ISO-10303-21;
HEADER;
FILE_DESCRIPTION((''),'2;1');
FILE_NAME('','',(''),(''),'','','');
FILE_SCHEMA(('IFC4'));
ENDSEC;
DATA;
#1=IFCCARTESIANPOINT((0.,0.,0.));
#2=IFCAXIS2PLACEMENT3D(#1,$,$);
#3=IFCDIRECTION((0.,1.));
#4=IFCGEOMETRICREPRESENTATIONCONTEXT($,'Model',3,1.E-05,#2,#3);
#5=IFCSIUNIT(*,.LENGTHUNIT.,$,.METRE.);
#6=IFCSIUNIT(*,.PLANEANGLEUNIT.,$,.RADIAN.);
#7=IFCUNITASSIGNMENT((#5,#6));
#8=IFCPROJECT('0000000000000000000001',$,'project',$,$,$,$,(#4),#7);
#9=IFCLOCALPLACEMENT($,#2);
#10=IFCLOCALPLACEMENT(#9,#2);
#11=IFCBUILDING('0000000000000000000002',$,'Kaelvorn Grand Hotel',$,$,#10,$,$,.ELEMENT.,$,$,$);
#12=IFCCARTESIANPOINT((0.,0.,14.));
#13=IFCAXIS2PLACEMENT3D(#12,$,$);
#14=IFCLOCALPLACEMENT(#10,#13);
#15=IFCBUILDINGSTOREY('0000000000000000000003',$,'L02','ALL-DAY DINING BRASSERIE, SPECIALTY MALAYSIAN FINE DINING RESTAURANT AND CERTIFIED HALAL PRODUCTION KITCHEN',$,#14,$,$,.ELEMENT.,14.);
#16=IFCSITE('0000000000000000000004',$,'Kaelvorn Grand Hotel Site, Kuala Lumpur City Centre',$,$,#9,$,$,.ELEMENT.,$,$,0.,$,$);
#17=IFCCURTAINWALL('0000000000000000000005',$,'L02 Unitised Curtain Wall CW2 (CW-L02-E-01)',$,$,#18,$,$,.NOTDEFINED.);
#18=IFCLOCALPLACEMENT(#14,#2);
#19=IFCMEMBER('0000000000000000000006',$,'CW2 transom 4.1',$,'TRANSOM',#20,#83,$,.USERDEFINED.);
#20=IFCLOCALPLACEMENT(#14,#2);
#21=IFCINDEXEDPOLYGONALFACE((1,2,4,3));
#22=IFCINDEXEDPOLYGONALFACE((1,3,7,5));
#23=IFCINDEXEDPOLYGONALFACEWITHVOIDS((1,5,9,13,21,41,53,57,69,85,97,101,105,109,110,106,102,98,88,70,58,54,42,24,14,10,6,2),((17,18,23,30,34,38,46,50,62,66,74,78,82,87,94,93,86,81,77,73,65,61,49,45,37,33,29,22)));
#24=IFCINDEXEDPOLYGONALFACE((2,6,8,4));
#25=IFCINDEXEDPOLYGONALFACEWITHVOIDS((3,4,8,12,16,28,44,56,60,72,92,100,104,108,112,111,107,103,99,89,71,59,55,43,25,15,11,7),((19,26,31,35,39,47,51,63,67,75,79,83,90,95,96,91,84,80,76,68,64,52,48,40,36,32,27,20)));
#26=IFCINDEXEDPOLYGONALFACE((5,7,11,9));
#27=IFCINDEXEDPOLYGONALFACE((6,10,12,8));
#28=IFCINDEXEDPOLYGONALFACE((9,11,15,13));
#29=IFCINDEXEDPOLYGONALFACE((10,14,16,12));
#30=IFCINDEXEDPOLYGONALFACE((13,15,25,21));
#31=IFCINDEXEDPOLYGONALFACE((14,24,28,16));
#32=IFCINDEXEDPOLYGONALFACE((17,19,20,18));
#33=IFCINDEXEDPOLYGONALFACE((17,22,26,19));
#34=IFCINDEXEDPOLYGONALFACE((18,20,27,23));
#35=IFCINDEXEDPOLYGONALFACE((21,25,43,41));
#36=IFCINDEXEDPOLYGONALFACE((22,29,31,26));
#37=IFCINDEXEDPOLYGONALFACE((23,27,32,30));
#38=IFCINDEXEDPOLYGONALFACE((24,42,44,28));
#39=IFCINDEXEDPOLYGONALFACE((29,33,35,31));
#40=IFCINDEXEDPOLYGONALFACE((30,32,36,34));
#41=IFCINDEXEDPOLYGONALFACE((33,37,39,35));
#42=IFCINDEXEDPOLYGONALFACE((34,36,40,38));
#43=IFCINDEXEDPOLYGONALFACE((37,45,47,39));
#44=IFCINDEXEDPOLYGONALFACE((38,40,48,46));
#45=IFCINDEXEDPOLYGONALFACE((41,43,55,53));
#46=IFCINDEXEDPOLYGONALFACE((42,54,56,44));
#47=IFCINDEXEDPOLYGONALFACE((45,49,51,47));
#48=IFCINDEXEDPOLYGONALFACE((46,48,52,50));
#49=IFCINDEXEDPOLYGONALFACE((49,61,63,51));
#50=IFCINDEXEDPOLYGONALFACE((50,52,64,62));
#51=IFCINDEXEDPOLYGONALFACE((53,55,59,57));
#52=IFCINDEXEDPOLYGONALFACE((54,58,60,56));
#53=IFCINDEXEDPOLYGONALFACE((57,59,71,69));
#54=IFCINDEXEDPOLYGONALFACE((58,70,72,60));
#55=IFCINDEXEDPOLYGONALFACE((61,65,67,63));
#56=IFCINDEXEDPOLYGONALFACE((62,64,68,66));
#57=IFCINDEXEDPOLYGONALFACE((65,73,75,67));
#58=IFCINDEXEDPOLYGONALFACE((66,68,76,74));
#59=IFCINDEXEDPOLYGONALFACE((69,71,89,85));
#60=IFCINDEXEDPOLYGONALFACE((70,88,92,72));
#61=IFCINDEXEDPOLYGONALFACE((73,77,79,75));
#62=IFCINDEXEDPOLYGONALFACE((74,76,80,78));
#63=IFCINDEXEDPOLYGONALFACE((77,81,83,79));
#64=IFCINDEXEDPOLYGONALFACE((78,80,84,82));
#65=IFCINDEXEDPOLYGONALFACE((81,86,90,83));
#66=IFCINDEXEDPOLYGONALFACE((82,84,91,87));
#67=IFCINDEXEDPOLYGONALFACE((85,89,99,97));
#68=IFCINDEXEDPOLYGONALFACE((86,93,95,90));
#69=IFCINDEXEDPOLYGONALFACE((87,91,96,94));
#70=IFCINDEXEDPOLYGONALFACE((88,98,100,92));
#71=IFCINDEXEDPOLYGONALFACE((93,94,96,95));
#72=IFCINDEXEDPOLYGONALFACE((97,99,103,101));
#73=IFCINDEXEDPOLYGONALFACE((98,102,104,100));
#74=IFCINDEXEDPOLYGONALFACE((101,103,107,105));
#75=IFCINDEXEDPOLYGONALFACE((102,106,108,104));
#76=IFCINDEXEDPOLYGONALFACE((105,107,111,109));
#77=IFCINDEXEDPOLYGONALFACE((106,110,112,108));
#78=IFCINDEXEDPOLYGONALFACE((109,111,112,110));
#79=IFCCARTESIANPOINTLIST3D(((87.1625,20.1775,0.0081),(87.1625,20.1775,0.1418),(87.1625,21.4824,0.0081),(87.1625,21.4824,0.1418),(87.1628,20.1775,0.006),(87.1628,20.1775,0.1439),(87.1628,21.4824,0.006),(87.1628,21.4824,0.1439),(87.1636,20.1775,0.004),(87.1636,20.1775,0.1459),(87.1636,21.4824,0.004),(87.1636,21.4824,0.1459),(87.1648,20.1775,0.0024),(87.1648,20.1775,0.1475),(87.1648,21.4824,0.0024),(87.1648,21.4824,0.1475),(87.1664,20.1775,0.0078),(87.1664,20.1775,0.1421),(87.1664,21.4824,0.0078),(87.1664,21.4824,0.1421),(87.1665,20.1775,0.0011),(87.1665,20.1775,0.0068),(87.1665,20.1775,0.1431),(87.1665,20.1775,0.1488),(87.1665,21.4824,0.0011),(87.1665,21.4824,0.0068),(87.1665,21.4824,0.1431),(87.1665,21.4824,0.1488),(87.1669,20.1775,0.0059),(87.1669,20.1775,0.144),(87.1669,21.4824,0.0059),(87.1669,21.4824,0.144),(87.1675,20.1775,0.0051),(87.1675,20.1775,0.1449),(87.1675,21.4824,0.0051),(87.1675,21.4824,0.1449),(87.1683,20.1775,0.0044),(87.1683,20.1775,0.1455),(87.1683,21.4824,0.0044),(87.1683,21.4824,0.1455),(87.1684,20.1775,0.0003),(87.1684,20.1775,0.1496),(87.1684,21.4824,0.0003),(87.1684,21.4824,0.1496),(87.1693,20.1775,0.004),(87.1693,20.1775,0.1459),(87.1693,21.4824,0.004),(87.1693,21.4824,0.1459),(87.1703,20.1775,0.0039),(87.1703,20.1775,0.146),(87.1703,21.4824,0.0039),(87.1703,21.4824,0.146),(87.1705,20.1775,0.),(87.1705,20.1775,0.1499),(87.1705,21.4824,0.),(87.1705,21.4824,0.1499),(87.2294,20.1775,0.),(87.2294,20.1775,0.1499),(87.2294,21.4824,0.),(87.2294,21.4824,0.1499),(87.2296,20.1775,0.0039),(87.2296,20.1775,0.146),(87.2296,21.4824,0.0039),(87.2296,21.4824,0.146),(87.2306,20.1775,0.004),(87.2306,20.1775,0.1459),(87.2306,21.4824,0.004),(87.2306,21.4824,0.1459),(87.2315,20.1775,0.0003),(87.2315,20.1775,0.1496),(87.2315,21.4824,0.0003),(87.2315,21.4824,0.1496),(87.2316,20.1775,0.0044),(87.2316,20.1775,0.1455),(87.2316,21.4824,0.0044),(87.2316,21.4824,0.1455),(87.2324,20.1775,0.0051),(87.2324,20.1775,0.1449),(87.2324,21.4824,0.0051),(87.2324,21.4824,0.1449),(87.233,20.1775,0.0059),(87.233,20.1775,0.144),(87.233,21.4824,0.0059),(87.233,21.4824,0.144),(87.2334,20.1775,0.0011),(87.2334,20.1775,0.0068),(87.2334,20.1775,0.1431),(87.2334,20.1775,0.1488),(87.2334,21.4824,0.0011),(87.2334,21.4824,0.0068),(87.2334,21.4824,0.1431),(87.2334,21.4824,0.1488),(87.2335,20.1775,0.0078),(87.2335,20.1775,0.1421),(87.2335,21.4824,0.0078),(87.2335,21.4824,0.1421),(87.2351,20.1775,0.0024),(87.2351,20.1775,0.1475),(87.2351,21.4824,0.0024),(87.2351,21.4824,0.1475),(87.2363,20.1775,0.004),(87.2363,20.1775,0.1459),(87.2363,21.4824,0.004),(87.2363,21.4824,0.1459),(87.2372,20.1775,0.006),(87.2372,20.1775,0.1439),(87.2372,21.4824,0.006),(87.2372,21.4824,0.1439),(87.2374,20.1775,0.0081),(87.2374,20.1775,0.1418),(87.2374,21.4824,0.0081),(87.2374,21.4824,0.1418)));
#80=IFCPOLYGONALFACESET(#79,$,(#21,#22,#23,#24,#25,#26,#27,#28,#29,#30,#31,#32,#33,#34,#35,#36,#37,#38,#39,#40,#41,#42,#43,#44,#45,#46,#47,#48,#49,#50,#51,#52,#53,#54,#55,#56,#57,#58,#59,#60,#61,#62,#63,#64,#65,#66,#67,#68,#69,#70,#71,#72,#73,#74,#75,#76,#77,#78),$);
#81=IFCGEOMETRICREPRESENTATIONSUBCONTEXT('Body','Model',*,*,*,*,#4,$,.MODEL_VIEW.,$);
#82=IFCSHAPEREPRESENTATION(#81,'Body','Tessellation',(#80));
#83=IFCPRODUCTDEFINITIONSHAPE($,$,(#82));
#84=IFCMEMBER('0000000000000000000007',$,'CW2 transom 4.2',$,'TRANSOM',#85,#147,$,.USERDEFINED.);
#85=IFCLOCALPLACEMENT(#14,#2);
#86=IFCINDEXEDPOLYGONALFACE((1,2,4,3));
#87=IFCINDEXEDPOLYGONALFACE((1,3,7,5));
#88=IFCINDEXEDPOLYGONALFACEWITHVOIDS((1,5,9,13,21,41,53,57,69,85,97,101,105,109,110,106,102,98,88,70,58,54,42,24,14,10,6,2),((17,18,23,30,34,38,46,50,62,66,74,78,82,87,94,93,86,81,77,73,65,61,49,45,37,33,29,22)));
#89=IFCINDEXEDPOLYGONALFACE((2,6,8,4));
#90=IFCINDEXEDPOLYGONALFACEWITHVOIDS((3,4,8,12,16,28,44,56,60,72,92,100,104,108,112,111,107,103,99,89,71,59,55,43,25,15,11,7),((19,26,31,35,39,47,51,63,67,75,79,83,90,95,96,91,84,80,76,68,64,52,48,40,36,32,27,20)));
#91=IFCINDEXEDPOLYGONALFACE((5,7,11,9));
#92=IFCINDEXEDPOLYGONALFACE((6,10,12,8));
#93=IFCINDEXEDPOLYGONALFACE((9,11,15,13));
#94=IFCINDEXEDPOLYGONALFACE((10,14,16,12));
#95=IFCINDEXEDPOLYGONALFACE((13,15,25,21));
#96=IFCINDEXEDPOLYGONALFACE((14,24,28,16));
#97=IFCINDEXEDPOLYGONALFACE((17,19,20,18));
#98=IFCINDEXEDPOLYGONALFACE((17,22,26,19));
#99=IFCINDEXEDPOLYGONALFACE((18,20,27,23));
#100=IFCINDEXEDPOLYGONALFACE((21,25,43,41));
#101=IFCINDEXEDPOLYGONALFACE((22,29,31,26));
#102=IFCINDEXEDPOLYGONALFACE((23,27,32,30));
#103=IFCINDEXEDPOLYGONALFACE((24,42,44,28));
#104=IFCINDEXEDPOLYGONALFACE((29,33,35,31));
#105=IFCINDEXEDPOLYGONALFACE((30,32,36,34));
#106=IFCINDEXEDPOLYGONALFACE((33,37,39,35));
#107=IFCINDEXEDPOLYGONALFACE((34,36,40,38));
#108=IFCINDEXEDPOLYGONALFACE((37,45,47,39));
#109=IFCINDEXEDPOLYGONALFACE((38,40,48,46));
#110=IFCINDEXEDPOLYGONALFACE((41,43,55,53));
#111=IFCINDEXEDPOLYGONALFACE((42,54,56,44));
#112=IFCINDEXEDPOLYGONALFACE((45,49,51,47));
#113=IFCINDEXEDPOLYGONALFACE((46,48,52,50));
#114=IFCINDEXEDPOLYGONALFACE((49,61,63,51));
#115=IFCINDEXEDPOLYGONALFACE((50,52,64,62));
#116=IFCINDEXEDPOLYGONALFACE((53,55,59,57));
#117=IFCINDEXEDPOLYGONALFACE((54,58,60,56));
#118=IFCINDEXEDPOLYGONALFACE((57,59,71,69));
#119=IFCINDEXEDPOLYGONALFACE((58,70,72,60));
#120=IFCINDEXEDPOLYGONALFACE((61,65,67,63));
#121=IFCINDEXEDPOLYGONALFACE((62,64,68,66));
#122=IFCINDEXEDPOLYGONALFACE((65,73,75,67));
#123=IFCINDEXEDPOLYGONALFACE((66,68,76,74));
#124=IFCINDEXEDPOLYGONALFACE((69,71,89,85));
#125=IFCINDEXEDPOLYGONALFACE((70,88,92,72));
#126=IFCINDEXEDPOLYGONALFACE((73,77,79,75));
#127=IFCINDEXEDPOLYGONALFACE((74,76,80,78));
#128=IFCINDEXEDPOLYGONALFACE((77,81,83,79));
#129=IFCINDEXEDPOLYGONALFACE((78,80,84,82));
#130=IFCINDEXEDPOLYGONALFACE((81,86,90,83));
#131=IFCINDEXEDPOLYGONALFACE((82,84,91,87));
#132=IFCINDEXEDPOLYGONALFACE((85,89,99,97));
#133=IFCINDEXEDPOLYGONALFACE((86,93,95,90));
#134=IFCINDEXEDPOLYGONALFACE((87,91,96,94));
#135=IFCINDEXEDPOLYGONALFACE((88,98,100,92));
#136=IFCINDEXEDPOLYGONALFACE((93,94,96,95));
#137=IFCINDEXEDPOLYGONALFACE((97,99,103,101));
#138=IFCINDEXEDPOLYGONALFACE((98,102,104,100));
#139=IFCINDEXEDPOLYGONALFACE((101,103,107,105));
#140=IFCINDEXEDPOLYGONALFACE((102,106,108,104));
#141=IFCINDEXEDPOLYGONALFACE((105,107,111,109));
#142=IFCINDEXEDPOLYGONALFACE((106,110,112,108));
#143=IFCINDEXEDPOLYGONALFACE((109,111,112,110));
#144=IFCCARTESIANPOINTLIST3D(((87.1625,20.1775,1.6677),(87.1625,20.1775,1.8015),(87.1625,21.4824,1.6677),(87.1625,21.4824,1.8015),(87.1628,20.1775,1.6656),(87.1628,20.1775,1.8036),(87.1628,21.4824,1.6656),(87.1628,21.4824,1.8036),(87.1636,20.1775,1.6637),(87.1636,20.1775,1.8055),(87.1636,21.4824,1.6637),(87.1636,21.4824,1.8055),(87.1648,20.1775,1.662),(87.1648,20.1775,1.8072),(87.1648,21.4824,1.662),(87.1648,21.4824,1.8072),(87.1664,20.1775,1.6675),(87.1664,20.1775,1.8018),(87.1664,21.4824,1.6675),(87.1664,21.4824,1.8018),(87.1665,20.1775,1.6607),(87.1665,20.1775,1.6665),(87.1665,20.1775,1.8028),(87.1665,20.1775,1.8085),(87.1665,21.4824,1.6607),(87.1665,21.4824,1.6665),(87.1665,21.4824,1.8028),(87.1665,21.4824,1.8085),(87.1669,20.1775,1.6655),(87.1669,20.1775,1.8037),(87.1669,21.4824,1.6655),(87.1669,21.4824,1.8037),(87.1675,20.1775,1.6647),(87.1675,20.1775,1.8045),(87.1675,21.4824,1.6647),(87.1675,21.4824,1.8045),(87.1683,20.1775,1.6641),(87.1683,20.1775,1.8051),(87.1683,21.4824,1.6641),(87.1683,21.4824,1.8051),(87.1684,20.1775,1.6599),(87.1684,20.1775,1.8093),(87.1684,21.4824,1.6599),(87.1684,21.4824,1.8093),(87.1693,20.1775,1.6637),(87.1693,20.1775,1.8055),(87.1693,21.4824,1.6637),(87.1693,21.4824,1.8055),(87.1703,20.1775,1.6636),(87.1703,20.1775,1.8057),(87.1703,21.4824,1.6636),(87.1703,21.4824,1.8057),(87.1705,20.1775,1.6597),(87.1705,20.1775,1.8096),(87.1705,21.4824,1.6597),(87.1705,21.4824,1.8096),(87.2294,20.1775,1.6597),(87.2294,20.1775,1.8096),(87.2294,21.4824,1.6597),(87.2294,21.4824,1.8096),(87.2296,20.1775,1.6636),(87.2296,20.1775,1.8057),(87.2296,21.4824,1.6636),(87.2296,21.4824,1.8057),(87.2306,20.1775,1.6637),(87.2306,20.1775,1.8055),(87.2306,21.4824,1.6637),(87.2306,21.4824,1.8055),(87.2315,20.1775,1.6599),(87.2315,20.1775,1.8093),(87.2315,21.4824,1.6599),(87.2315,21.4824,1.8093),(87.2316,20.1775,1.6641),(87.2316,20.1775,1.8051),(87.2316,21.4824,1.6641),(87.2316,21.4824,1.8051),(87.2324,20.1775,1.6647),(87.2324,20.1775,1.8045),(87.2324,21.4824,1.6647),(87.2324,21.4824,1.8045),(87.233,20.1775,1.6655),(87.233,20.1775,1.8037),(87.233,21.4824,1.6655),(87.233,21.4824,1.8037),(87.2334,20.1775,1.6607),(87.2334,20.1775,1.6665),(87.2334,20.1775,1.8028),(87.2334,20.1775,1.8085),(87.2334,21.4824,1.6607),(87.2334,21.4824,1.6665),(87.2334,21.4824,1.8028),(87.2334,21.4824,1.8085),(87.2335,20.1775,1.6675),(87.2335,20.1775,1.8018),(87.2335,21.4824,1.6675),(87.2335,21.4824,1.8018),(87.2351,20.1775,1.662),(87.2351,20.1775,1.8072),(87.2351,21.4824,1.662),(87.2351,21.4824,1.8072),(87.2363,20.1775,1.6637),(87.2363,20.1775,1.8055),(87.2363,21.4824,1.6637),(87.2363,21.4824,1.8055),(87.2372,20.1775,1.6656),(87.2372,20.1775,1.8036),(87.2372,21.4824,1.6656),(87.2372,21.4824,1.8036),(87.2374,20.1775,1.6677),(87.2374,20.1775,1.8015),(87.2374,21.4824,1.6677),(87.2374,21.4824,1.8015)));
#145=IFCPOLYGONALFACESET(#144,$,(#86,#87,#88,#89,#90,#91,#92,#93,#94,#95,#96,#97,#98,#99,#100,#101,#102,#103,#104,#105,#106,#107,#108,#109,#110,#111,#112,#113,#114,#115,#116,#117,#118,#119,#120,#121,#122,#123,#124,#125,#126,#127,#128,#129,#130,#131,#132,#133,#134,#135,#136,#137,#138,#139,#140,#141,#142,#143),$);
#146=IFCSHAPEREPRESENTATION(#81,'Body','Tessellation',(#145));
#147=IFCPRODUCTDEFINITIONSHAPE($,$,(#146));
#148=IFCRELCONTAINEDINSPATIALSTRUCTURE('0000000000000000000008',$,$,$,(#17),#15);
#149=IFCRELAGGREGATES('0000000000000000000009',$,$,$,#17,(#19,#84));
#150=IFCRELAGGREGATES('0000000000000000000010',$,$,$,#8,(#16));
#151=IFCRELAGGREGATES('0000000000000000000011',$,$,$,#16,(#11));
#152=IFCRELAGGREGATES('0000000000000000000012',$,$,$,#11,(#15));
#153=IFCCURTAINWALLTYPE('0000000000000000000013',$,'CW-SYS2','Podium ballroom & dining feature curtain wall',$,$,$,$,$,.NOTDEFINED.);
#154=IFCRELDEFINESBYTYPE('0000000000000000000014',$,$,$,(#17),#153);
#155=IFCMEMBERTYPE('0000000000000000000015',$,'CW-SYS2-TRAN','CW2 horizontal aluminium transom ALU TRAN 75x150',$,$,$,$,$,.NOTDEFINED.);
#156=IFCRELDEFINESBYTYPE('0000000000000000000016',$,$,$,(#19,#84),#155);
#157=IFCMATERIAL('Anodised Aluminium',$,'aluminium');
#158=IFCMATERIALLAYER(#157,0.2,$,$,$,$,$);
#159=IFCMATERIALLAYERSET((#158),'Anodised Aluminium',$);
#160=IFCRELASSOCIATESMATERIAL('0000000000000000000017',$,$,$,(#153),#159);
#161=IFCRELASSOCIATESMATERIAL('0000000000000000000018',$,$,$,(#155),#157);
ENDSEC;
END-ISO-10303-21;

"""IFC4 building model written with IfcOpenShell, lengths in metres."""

from ifc_helpers import new_model, si_unit, direction, frame, origin, origin_2d, place, context, subcontext, project, spatial, hollow_rectangle, extrude, material, layer, layer_set, material_profile, profile_set, type_object, element, aggregate, save


model = new_model("IFC4")

# Units and contexts
model_context = context("Model", 3, precision=1e-05, world=origin(), true_north=direction((0.0, 1.0)))
body_context = subcontext(model_context, "Body", "Model", "MODEL_VIEW")
ifc_project = project(units=[si_unit("LENGTHUNIT", "METRE"), si_unit("PLANEANGLEUNIT", "RADIAN")], contexts=[model_context])

# Site, building, storey
site_placement = place(None, origin())
site = spatial("IfcSite", under=ifc_project, at=site_placement, Name="Kaelvorn Grand Hotel Site, Kuala Lumpur City Centre", CompositionType="ELEMENT", RefElevation=0.0)
building_placement = place(site_placement, origin())
building = spatial("IfcBuilding", under=site, at=building_placement, Name="Kaelvorn Grand Hotel", CompositionType="ELEMENT")
storey_placement = place(building_placement, frame((0.0, 0.0, 14.0)))
storey = spatial("IfcBuildingStorey", under=building, at=storey_placement, Name="L02", Description="ALL-DAY DINING BRASSERIE, SPECIALTY MALAYSIAN FINE DINING RESTAURANT AND CERTIFIED HALAL PRODUCTION KITCHEN", CompositionType="ELEMENT", Elevation=14.0)

# Curtain wall, members
ifc_material_1 = material(Name="Anodised Aluminium", Category="aluminium")
ifc_layer_1 = layer(ifc_material_1, 0.2)
ifc_layer_set_1 = layer_set([ifc_layer_1], Name="Anodised Aluminium")
curtain_wall_type = type_object("IfcCurtainWallType", Name="CW-SYS2", Description="Podium ballroom & dining feature curtain wall", PredefinedType="NOTDEFINED", material=ifc_layer_set_1)
curtain_wall_placement = place(storey_placement, origin())
curtain_wall = element("IfcCurtainWall", 1, at=curtain_wall_placement, inside=storey, type_object=curtain_wall_type, Name="L02 Unitised Curtain Wall CW2 (CW-L02-E-01)", PredefinedType="NOTDEFINED")
ifc_material_profile_1 = material_profile(ifc_material_1, hollow_rectangle(XDim=0.075, YDim=0.1499, WallThickness=0.0039, InnerFilletRadius=0.0039, OuterFilletRadius=0.0081, at=origin_2d()), Name="ALU TRAN 75x150")
ifc_profile_set_1 = profile_set([ifc_material_profile_1], Name="Anodised Aluminium")
member_type_1 = type_object("IfcMemberType", Name="CW-SYS2-TRAN", Description="CW2 horizontal aluminium transom ALU TRAN 75x150", PredefinedType="NOTDEFINED", material=ifc_profile_set_1)
member_1_placement = place(storey_placement, frame((87.2, 20.1775, 0.075), z_axis=(0.0, 1.0, 0.0), x_axis=(-1.0, 0.0, 0.0)))
member_1 = element("IfcMember", 2, at=member_1_placement, type_object=member_type_1, Name="CW2 transom 4.1", ObjectType="TRANSOM", PredefinedType="USERDEFINED", context=body_context, shape_type="SweptSolid", body=[
    extrude(hollow_rectangle(XDim=0.075, YDim=0.1499, WallThickness=0.0039, InnerFilletRadius=0.0039, OuterFilletRadius=0.0081, at=origin_2d()), origin(), (0.0, 0.0, 1.0), 1.3049),
])
member_2_placement = place(storey_placement, frame((87.2, 20.1775, 1.7346), z_axis=(0.0, 1.0, 0.0), x_axis=(-1.0, 0.0, 0.0)))
member_2 = element("IfcMember", 3, at=member_2_placement, type_object=member_type_1, Name="CW2 transom 4.2", ObjectType="TRANSOM", PredefinedType="USERDEFINED", context=body_context, shape_type="SweptSolid", body=[
    extrude(hollow_rectangle(XDim=0.075, YDim=0.1499, WallThickness=0.0039, InnerFilletRadius=0.0039, OuterFilletRadius=0.0081, at=origin_2d()), origin(), (0.0, 0.0, 1.0), 1.3049),
])
aggregate(curtain_wall, [member_1, member_2])

save(model, "model.ifc")
